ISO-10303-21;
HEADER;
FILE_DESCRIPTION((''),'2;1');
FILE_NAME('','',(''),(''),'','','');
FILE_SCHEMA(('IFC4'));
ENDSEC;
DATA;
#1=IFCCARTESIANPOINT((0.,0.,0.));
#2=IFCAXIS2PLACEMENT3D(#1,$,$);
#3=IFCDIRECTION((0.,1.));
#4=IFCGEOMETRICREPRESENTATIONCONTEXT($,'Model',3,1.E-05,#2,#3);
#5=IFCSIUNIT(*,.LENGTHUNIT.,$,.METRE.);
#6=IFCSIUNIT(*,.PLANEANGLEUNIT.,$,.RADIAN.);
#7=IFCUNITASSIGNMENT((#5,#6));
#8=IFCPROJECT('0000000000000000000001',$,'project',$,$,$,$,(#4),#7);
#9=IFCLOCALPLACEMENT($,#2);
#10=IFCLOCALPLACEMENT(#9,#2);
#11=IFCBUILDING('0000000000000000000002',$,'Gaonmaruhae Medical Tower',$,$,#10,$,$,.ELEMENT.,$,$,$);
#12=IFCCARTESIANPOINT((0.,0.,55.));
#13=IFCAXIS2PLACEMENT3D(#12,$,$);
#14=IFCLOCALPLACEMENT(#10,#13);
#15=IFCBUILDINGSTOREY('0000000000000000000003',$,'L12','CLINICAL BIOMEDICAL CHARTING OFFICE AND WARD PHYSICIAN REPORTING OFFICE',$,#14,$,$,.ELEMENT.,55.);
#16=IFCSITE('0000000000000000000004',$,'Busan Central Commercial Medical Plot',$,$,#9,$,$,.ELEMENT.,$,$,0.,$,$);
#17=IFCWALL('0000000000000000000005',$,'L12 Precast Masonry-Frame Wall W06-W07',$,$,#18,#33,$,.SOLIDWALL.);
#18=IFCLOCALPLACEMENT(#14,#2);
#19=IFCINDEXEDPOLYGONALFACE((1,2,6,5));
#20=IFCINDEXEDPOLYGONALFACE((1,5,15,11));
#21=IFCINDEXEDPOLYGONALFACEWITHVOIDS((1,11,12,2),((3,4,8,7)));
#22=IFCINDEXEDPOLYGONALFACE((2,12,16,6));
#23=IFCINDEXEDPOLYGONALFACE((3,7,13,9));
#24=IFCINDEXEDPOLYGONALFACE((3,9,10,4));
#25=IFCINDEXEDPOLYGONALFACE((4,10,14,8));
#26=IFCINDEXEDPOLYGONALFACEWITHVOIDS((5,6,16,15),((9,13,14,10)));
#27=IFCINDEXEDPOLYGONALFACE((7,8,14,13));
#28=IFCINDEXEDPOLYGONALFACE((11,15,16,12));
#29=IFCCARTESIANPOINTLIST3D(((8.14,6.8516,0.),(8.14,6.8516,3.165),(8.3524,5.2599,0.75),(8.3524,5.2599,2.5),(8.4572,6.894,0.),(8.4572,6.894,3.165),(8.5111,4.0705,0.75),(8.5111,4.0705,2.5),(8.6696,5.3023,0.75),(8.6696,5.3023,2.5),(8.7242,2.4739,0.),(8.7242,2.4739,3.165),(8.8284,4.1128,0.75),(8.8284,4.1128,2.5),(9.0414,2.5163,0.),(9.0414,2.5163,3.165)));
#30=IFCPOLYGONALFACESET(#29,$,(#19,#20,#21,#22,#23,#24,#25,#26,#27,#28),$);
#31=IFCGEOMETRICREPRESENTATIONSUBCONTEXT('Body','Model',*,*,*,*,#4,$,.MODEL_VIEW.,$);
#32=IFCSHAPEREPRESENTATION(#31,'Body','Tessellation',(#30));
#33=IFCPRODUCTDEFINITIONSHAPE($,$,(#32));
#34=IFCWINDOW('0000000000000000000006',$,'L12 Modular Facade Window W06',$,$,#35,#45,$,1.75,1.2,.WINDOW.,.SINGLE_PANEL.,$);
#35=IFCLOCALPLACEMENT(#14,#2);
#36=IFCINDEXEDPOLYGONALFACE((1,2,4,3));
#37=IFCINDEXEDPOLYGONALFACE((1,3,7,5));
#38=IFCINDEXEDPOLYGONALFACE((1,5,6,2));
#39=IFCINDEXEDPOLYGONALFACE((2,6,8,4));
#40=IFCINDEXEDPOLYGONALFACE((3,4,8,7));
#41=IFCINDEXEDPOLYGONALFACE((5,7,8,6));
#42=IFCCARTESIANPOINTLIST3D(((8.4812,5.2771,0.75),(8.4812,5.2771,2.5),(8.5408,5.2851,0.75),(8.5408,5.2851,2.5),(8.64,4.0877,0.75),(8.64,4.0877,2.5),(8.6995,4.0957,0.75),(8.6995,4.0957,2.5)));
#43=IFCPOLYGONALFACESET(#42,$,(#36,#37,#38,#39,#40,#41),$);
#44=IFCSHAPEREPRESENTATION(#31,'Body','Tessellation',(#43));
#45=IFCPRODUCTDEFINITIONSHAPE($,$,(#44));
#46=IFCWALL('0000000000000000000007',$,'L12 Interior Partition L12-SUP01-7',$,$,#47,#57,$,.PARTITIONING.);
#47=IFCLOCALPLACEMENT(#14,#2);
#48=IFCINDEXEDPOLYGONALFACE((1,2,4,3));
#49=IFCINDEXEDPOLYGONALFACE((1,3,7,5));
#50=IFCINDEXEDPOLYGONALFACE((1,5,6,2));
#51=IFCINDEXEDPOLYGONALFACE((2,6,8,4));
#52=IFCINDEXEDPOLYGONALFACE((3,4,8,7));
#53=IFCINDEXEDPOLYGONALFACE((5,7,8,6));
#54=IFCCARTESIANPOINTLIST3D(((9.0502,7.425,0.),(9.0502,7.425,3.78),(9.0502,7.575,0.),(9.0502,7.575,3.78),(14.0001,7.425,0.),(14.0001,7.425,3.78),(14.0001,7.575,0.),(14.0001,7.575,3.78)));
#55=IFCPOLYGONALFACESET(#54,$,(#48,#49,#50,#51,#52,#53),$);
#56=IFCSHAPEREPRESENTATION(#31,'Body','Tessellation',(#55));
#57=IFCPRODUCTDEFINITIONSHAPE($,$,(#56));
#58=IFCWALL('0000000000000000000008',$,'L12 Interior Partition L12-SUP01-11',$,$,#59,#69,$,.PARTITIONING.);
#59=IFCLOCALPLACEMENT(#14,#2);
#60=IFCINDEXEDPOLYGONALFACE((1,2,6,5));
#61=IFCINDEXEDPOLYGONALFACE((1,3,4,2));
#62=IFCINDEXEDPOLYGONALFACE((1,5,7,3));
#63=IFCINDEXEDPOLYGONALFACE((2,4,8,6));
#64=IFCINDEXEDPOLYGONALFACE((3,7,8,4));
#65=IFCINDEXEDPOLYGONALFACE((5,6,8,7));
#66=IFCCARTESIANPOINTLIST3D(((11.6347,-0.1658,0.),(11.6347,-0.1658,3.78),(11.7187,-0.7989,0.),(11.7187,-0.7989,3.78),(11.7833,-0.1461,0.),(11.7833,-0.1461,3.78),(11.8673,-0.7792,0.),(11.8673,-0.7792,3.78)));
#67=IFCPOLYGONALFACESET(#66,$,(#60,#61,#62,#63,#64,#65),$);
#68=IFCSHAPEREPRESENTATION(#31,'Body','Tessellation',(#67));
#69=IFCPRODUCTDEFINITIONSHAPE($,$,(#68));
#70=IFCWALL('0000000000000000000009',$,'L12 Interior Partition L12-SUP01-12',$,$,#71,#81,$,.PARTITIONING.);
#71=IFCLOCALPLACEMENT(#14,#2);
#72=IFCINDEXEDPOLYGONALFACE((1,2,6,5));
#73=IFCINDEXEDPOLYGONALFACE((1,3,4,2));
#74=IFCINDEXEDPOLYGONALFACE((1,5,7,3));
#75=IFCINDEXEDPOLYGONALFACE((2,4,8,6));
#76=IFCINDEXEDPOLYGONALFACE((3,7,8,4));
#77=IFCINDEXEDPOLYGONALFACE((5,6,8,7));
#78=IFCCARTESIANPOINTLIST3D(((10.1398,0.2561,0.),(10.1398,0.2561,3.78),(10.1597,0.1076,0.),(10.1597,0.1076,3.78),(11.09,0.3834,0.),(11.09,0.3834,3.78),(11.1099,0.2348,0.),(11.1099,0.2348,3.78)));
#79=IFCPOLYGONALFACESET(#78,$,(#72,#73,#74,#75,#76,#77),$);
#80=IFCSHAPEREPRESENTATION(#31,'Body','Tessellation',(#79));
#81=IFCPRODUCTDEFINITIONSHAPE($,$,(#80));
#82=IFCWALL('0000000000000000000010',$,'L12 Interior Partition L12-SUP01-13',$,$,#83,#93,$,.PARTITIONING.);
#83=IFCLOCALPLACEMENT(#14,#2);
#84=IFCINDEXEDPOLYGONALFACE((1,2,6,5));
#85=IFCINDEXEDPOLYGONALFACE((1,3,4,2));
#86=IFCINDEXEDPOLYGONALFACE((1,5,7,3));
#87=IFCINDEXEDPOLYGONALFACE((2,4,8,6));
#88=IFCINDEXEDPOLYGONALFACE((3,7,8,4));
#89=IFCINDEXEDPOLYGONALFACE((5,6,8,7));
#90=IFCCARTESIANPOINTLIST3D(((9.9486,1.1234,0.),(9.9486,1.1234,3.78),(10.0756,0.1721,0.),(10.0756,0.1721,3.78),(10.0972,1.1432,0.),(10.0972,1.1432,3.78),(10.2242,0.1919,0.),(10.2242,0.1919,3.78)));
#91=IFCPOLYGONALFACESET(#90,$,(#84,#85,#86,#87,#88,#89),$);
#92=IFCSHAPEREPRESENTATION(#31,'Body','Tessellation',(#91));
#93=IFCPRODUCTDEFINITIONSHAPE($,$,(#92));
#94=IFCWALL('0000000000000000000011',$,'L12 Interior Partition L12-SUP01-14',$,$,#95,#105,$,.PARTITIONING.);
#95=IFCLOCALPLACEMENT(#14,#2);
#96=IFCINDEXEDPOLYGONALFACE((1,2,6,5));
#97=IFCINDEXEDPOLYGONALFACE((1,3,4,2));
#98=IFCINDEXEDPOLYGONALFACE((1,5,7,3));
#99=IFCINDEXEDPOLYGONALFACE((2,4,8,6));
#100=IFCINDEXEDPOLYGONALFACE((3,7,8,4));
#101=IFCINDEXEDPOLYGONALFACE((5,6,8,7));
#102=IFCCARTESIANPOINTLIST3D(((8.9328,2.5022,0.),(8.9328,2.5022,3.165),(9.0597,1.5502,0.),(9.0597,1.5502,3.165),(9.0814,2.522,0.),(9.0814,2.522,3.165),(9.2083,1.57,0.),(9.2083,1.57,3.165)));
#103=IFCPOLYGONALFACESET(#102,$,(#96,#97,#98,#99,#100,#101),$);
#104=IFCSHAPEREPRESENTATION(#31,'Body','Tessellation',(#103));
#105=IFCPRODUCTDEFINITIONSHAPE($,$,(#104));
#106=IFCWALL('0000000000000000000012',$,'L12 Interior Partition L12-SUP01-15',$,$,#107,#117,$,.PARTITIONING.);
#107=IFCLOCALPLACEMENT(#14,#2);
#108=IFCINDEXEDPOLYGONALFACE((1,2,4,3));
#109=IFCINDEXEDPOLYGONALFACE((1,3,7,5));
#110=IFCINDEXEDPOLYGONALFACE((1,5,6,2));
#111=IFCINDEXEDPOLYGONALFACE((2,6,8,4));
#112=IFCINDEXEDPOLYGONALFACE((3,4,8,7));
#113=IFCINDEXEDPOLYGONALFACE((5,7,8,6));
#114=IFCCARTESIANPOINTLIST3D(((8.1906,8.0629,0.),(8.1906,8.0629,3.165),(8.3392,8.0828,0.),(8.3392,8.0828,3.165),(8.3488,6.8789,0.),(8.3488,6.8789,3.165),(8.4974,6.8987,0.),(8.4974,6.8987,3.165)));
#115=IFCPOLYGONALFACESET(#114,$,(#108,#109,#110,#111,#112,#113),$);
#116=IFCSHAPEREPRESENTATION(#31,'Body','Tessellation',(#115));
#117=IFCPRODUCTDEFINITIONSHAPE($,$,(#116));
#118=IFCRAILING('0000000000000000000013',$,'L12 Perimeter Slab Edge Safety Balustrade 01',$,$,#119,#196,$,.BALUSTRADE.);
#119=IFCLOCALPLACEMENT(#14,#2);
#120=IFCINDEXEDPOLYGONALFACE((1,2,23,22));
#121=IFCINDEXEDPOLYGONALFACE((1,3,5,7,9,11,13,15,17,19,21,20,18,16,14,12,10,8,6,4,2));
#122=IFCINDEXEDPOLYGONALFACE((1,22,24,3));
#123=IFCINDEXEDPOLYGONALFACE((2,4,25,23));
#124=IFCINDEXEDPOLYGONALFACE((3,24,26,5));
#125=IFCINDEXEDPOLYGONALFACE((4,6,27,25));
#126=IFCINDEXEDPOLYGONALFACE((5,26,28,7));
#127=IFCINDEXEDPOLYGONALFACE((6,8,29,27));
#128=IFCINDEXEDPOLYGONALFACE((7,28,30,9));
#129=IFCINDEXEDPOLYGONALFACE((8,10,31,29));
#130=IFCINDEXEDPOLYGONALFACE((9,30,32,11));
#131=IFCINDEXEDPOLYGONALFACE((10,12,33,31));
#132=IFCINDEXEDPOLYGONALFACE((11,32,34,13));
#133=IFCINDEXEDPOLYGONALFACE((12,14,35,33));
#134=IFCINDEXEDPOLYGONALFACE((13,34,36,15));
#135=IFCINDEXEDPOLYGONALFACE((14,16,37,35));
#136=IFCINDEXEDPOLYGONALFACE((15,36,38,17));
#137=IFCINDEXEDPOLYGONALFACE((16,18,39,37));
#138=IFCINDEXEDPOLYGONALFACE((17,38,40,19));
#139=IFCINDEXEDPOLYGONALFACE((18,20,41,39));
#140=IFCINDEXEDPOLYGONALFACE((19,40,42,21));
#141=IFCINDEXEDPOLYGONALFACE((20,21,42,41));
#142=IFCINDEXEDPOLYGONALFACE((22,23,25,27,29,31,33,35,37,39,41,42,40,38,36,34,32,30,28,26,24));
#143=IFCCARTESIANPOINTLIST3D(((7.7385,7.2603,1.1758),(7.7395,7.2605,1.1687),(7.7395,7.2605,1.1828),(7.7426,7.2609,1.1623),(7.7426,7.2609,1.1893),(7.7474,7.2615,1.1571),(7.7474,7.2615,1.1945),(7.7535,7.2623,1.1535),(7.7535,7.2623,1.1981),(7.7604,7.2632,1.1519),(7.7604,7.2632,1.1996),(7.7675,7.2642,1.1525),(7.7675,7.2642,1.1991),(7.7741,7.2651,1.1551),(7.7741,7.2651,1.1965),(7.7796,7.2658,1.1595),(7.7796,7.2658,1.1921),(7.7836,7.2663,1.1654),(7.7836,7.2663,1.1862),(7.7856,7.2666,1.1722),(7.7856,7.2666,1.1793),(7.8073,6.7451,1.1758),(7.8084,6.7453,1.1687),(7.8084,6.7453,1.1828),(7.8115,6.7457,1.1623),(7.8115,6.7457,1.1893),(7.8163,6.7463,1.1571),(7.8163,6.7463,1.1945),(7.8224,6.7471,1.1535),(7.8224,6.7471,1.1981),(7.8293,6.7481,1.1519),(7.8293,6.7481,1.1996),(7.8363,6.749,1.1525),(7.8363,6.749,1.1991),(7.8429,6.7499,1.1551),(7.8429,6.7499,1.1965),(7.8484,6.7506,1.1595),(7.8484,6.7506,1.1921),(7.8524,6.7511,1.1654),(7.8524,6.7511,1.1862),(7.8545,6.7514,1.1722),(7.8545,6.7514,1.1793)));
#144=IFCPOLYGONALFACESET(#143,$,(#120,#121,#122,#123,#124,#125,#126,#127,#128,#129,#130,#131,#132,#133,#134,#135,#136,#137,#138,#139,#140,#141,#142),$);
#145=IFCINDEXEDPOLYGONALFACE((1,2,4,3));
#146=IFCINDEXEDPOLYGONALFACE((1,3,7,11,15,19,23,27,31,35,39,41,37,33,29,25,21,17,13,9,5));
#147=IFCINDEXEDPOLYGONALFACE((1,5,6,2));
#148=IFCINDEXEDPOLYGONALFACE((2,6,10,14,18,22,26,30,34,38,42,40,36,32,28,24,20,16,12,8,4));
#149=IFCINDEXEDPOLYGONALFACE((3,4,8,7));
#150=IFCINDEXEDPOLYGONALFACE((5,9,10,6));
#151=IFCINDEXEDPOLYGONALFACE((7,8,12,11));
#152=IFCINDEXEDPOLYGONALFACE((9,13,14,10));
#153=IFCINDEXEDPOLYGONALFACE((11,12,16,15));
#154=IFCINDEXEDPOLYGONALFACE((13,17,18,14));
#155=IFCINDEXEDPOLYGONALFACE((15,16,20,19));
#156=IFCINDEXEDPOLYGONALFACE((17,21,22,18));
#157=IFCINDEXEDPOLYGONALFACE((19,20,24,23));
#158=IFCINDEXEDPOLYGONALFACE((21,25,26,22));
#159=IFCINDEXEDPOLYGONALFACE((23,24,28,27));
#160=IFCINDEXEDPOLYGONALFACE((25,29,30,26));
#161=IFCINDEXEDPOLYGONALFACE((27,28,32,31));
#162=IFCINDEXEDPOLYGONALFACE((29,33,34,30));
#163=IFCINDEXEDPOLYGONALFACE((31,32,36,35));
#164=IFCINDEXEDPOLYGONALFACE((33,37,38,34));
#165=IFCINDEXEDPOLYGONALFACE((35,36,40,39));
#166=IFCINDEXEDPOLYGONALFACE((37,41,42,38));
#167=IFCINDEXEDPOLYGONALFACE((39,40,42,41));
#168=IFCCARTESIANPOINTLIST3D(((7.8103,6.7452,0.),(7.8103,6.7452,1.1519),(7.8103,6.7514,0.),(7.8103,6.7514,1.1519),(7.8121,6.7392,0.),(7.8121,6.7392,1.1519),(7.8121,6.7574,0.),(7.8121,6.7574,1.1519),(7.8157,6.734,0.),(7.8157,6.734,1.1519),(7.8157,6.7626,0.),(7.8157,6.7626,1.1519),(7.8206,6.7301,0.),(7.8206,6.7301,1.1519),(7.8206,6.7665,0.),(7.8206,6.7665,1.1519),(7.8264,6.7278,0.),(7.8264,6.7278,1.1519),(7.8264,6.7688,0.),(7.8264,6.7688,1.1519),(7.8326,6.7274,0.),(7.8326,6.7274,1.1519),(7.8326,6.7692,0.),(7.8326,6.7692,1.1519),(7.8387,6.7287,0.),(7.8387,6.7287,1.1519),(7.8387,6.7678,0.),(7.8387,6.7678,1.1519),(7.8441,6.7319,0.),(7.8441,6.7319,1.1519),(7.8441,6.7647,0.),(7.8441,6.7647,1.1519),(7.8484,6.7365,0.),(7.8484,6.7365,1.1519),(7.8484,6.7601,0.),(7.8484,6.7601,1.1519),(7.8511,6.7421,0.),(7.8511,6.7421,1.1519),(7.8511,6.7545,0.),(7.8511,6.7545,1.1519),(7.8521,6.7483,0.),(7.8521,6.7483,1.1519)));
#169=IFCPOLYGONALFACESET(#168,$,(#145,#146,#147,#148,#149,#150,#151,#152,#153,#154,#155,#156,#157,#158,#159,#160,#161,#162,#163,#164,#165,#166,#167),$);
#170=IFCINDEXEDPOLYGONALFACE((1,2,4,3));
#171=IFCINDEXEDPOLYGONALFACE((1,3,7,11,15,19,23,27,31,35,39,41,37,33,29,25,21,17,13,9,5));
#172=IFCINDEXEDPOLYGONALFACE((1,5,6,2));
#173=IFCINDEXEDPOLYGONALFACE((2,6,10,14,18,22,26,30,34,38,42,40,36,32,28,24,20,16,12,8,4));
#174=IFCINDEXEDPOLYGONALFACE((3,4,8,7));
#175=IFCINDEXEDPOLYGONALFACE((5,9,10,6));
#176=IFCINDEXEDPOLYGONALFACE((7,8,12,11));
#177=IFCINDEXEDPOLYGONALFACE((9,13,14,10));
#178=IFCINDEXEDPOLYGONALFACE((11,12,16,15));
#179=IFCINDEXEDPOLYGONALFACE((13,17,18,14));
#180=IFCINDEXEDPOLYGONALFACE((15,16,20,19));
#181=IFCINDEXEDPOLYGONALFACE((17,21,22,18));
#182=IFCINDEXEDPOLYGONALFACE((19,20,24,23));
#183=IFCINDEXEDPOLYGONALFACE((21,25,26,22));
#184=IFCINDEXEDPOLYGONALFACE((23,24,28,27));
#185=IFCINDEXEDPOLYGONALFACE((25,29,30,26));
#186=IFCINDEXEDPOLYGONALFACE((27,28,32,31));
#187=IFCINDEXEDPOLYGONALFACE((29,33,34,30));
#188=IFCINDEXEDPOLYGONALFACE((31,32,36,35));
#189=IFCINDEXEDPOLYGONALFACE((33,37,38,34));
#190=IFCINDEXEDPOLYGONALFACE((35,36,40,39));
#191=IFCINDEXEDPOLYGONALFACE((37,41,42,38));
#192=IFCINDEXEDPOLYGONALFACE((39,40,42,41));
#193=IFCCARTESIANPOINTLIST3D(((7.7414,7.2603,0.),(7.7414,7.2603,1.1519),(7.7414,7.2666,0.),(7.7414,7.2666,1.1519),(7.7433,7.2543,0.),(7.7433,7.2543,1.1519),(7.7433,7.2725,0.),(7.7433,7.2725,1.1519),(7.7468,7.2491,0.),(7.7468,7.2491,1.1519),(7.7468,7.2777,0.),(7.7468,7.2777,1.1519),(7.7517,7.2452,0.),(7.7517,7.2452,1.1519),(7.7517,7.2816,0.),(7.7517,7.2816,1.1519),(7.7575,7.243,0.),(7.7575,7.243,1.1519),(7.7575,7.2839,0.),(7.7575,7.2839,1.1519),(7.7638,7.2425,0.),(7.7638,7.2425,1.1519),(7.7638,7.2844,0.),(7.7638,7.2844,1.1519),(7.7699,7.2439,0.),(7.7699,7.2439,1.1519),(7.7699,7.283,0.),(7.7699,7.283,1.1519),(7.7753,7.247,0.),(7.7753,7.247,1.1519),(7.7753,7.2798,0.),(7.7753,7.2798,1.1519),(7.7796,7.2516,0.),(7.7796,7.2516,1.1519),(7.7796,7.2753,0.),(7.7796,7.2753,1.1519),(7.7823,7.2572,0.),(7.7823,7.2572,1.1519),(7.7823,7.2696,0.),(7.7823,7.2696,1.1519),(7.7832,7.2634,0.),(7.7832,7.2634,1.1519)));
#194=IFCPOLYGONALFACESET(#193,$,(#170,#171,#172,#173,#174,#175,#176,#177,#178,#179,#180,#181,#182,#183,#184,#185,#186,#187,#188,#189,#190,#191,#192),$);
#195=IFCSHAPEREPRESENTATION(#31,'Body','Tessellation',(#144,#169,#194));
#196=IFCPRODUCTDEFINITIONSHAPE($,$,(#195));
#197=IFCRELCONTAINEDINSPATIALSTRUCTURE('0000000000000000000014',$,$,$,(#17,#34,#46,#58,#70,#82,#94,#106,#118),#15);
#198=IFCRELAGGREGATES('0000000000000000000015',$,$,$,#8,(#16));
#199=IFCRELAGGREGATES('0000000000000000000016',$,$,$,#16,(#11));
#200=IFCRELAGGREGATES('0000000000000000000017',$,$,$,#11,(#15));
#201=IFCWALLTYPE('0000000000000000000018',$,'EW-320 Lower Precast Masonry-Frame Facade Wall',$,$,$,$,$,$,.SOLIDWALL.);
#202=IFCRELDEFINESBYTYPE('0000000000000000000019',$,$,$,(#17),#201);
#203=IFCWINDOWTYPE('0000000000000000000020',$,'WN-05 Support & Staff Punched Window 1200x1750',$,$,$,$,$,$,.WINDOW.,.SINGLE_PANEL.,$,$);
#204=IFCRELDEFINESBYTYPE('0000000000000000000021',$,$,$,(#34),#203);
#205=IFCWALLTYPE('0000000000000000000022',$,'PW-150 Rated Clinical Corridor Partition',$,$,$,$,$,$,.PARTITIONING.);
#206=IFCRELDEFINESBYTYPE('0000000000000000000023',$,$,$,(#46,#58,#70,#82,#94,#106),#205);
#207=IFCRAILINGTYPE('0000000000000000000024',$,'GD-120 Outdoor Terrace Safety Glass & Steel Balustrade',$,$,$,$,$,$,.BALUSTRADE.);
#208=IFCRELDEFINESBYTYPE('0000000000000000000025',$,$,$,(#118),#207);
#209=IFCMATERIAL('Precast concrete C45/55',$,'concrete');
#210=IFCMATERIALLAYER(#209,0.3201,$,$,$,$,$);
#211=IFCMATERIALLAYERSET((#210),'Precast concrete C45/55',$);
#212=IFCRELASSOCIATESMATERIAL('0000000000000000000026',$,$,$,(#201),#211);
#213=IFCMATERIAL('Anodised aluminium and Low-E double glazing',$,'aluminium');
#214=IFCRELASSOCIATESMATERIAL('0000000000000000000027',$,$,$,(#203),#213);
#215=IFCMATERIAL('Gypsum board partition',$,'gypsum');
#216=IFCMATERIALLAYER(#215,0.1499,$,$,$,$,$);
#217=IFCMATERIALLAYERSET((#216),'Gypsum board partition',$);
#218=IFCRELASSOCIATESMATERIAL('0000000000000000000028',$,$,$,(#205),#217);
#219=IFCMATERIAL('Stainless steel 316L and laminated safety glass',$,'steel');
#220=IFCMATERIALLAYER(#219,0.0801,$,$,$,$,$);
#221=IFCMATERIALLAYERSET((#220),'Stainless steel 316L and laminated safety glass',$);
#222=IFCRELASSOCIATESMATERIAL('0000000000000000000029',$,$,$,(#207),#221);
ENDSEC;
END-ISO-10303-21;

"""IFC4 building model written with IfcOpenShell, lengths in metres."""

from ifc_helpers import new_model, si_unit, direction, frame, frame_2d, origin, origin_2d, place, context, subcontext, project, spatial, rectangle, circle, extrude, material, layer, layer_set, type_object, element, fill, save


model = new_model("IFC4")

# Units and contexts
model_context = context("Model", 3, precision=1e-05, world=origin(), true_north=direction((0.0, 1.0)))
body_context = subcontext(model_context, "Body", "Model", "MODEL_VIEW")
ifc_project = project(units=[si_unit("LENGTHUNIT", "METRE"), si_unit("PLANEANGLEUNIT", "RADIAN")], contexts=[model_context])

# Site, building, storey
site_placement = place(None, origin())
site = spatial("IfcSite", under=ifc_project, at=site_placement, Name="Busan Central Commercial Medical Plot", CompositionType="ELEMENT", RefElevation=0.0)
building_placement = place(site_placement, origin())
building = spatial("IfcBuilding", under=site, at=building_placement, Name="Gaonmaruhae Medical Tower", CompositionType="ELEMENT")
storey_placement = place(building_placement, frame((0.0, 0.0, 55.0)))
storey = spatial("IfcBuildingStorey", under=building, at=storey_placement, Name="L12", Description="CLINICAL BIOMEDICAL CHARTING OFFICE AND WARD PHYSICIAN REPORTING OFFICE", CompositionType="ELEMENT", Elevation=55.0)

# Wall, opening, window
ifc_material_1 = material(Name="Precast concrete C45/55", Category="concrete")
ifc_layer_1 = layer(ifc_material_1, 0.3201)
ifc_layer_set_1 = layer_set([ifc_layer_1], Name="Precast concrete C45/55")
wall_type_1 = type_object("IfcWallType", Name="EW-320 Lower Precast Masonry-Frame Facade Wall", PredefinedType="SOLIDWALL", material=ifc_layer_set_1)
wall_1_placement = place(storey_placement, frame((8.8828, 2.4951, 0.0), z_axis=(0.0, 0.0, 1.0), x_axis=(-0.132283, 0.991212, 0.0)))
wall_1 = element("IfcWall", 1, at=wall_1_placement, inside=storey, type_object=wall_type_1, Name="L12 Precast Masonry-Frame Wall W06-W07", PredefinedType="SOLIDWALL", context=body_context, shape_type="SweptSolid", body=[
    extrude(rectangle(XDim=4.4165, YDim=0.3201, at=frame_2d((2.2083, 0.0))), origin(), (0.0, 0.0, 1.0), 3.165),
])
opening_placement = place(wall_1_placement, frame((1.6106, 0.0, 0.75)))
opening = element("IfcOpeningElement", 2, at=opening_placement, cuts=wall_1, PredefinedType="OPENING", context=body_context, shape_type="SweptSolid", body=[
    extrude(rectangle(XDim=1.2, YDim=1.75, at=frame_2d((0.6001, 0.875))), frame((0.0, 0.1699, 0.0), z_axis=(0.0, -1.0, 0.0), x_axis=(1.0, 0.0, 0.0)), (0.0, 0.0, 1.0), 0.3401),
])
ifc_material_2 = material(Name="Anodised aluminium and Low-E double glazing", Category="aluminium")
window_type = type_object("IfcWindowType", Name="WN-05 Support & Staff Punched Window 1200x1750", PartitioningType="SINGLE_PANEL", PredefinedType="WINDOW", material=ifc_material_2)
window_placement = place(opening_placement, origin())
window = element("IfcWindow", 3, at=window_placement, inside=storey, type_object=window_type, Name="L12 Modular Facade Window W06", OverallHeight=1.75, OverallWidth=1.2, PartitioningType="SINGLE_PANEL", PredefinedType="WINDOW", context=body_context, shape_type="SweptSolid", body=[
    extrude(rectangle(XDim=1.2, YDim=1.75, at=frame_2d((0.6001, 0.875))), frame((0.0, 0.03, 0.0), z_axis=(0.0, -1.0, 0.0), x_axis=(1.0, 0.0, 0.0)), (0.0, 0.0, 1.0), 0.0601),
])
fill(opening, window)

# Walls
ifc_material_3 = material(Name="Gypsum board partition", Category="gypsum")
ifc_layer_2 = layer(ifc_material_3, 0.1499)
ifc_layer_set_2 = layer_set([ifc_layer_2], Name="Gypsum board partition")
wall_type_2 = type_object("IfcWallType", Name="PW-150 Rated Clinical Corridor Partition", PredefinedType="PARTITIONING", material=ifc_layer_set_2)
wall_2_placement = place(storey_placement, frame((9.05, 7.5, 0.0), z_axis=(0.0, 0.0, 1.0), x_axis=(1.0, 0.0, 0.0)))
element("IfcWall", 4, at=wall_2_placement, inside=storey, type_object=wall_type_2, Name="L12 Interior Partition L12-SUP01-7", PredefinedType="PARTITIONING", context=body_context, shape_type="SweptSolid", body=[
    extrude(rectangle(XDim=4.95, YDim=0.1499, at=frame_2d((2.4751, 0.0))), origin(), (0.0, 0.0, 1.0), 3.78),
])
wall_3_placement = place(storey_placement, frame((11.793, -0.7891, 0.0), z_axis=(0.0, 0.0, 1.0), x_axis=(-0.131513, 0.991314, 0.0)))
element("IfcWall", 5, at=wall_3_placement, inside=storey, type_object=wall_type_2, Name="L12 Interior Partition L12-SUP01-11", PredefinedType="PARTITIONING", context=body_context, shape_type="SweptSolid", body=[
    extrude(rectangle(XDim=0.6387, YDim=0.1499, at=frame_2d((0.3193, 0.0))), origin(), (0.0, 0.0, 1.0), 3.78),
])
wall_4_placement = place(storey_placement, frame((11.1001, 0.3091, 0.0), z_axis=(0.0, 0.0, 1.0), x_axis=(-0.991159, -0.132681, 0.0)))
element("IfcWall", 6, at=wall_4_placement, inside=storey, type_object=wall_type_2, Name="L12 Interior Partition L12-SUP01-12", PredefinedType="PARTITIONING", context=body_context, shape_type="SweptSolid", body=[
    extrude(rectangle(XDim=0.9587, YDim=0.1499, at=frame_2d((0.4795, 0.0))), origin(), (0.0, 0.0, 1.0), 3.78),
])
wall_5_placement = place(storey_placement, frame((10.1499, 0.1819, 0.0), z_axis=(0.0, 0.0, 1.0), x_axis=(-0.132297, 0.99121, 0.0)))
element("IfcWall", 7, at=wall_5_placement, inside=storey, type_object=wall_type_2, Name="L12 Interior Partition L12-SUP01-13", PredefinedType="PARTITIONING", context=body_context, shape_type="SweptSolid", body=[
    extrude(rectangle(XDim=0.9597, YDim=0.1499, at=frame_2d((0.48, 0.0))), origin(), (0.0, 0.0, 1.0), 3.78),
])
wall_6_placement = place(storey_placement, frame((9.134, 1.5601, 0.0), z_axis=(0.0, 0.0, 1.0), x_axis=(-0.132197, 0.991223, 0.0)))
element("IfcWall", 8, at=wall_6_placement, inside=storey, type_object=wall_type_2, Name="L12 Interior Partition L12-SUP01-14", PredefinedType="PARTITIONING", context=body_context, shape_type="SweptSolid", body=[
    extrude(rectangle(XDim=0.9604, YDim=0.1499, at=frame_2d((0.4802, 0.0))), origin(), (0.0, 0.0, 1.0), 3.165),
])
wall_7_placement = place(storey_placement, frame((8.4231, 6.8889, 0.0), z_axis=(0.0, 0.0, 1.0), x_axis=(-0.132431, 0.991192, 0.0)))
element("IfcWall", 9, at=wall_7_placement, inside=storey, type_object=wall_type_2, Name="L12 Interior Partition L12-SUP01-15", PredefinedType="PARTITIONING", context=body_context, shape_type="SweptSolid", body=[
    extrude(rectangle(XDim=1.1946, YDim=0.1499, at=frame_2d((0.5972, 0.0))), origin(), (0.0, 0.0, 1.0), 3.165),
])

# Railing
ifc_material_4 = material(Name="Stainless steel 316L and laminated safety glass", Category="steel")
ifc_layer_3 = layer(ifc_material_4, 0.0801)
ifc_layer_set_3 = layer_set([ifc_layer_3], Name="Stainless steel 316L and laminated safety glass")
railing_type = type_object("IfcRailingType", Name="GD-120 Outdoor Terrace Safety Glass & Steel Balustrade", PredefinedType="BALUSTRADE", material=ifc_layer_set_3)
railing_1_placement = place(storey_placement, frame((7.8311, 6.7483, 0.0)))
element("IfcRailing", 10, at=railing_1_placement, inside=storey, type_object=railing_type, Name="L12 Perimeter Slab Edge Safety Balustrade 01", PredefinedType="BALUSTRADE", context=body_context, shape_type="SweptSolid", body=[
    extrude(circle(Radius=0.0239, at=origin_2d()), frame((0.0, 0.0, 1.1758), z_axis=(-0.132471, 0.991187, 0.0), x_axis=(-0.991187, -0.132471, 0.0)), (0.0, 0.0, 1.0), 0.5198),
    extrude(circle(Radius=0.021, at=origin_2d()), origin(), (0.0, 0.0, 1.0), 1.1519),
    extrude(circle(Radius=0.021, at=origin_2d()), frame((-0.0688, 0.5151, 0.0)), (0.0, 0.0, 1.0), 1.1519),
])

save(model, "model.ifc")
